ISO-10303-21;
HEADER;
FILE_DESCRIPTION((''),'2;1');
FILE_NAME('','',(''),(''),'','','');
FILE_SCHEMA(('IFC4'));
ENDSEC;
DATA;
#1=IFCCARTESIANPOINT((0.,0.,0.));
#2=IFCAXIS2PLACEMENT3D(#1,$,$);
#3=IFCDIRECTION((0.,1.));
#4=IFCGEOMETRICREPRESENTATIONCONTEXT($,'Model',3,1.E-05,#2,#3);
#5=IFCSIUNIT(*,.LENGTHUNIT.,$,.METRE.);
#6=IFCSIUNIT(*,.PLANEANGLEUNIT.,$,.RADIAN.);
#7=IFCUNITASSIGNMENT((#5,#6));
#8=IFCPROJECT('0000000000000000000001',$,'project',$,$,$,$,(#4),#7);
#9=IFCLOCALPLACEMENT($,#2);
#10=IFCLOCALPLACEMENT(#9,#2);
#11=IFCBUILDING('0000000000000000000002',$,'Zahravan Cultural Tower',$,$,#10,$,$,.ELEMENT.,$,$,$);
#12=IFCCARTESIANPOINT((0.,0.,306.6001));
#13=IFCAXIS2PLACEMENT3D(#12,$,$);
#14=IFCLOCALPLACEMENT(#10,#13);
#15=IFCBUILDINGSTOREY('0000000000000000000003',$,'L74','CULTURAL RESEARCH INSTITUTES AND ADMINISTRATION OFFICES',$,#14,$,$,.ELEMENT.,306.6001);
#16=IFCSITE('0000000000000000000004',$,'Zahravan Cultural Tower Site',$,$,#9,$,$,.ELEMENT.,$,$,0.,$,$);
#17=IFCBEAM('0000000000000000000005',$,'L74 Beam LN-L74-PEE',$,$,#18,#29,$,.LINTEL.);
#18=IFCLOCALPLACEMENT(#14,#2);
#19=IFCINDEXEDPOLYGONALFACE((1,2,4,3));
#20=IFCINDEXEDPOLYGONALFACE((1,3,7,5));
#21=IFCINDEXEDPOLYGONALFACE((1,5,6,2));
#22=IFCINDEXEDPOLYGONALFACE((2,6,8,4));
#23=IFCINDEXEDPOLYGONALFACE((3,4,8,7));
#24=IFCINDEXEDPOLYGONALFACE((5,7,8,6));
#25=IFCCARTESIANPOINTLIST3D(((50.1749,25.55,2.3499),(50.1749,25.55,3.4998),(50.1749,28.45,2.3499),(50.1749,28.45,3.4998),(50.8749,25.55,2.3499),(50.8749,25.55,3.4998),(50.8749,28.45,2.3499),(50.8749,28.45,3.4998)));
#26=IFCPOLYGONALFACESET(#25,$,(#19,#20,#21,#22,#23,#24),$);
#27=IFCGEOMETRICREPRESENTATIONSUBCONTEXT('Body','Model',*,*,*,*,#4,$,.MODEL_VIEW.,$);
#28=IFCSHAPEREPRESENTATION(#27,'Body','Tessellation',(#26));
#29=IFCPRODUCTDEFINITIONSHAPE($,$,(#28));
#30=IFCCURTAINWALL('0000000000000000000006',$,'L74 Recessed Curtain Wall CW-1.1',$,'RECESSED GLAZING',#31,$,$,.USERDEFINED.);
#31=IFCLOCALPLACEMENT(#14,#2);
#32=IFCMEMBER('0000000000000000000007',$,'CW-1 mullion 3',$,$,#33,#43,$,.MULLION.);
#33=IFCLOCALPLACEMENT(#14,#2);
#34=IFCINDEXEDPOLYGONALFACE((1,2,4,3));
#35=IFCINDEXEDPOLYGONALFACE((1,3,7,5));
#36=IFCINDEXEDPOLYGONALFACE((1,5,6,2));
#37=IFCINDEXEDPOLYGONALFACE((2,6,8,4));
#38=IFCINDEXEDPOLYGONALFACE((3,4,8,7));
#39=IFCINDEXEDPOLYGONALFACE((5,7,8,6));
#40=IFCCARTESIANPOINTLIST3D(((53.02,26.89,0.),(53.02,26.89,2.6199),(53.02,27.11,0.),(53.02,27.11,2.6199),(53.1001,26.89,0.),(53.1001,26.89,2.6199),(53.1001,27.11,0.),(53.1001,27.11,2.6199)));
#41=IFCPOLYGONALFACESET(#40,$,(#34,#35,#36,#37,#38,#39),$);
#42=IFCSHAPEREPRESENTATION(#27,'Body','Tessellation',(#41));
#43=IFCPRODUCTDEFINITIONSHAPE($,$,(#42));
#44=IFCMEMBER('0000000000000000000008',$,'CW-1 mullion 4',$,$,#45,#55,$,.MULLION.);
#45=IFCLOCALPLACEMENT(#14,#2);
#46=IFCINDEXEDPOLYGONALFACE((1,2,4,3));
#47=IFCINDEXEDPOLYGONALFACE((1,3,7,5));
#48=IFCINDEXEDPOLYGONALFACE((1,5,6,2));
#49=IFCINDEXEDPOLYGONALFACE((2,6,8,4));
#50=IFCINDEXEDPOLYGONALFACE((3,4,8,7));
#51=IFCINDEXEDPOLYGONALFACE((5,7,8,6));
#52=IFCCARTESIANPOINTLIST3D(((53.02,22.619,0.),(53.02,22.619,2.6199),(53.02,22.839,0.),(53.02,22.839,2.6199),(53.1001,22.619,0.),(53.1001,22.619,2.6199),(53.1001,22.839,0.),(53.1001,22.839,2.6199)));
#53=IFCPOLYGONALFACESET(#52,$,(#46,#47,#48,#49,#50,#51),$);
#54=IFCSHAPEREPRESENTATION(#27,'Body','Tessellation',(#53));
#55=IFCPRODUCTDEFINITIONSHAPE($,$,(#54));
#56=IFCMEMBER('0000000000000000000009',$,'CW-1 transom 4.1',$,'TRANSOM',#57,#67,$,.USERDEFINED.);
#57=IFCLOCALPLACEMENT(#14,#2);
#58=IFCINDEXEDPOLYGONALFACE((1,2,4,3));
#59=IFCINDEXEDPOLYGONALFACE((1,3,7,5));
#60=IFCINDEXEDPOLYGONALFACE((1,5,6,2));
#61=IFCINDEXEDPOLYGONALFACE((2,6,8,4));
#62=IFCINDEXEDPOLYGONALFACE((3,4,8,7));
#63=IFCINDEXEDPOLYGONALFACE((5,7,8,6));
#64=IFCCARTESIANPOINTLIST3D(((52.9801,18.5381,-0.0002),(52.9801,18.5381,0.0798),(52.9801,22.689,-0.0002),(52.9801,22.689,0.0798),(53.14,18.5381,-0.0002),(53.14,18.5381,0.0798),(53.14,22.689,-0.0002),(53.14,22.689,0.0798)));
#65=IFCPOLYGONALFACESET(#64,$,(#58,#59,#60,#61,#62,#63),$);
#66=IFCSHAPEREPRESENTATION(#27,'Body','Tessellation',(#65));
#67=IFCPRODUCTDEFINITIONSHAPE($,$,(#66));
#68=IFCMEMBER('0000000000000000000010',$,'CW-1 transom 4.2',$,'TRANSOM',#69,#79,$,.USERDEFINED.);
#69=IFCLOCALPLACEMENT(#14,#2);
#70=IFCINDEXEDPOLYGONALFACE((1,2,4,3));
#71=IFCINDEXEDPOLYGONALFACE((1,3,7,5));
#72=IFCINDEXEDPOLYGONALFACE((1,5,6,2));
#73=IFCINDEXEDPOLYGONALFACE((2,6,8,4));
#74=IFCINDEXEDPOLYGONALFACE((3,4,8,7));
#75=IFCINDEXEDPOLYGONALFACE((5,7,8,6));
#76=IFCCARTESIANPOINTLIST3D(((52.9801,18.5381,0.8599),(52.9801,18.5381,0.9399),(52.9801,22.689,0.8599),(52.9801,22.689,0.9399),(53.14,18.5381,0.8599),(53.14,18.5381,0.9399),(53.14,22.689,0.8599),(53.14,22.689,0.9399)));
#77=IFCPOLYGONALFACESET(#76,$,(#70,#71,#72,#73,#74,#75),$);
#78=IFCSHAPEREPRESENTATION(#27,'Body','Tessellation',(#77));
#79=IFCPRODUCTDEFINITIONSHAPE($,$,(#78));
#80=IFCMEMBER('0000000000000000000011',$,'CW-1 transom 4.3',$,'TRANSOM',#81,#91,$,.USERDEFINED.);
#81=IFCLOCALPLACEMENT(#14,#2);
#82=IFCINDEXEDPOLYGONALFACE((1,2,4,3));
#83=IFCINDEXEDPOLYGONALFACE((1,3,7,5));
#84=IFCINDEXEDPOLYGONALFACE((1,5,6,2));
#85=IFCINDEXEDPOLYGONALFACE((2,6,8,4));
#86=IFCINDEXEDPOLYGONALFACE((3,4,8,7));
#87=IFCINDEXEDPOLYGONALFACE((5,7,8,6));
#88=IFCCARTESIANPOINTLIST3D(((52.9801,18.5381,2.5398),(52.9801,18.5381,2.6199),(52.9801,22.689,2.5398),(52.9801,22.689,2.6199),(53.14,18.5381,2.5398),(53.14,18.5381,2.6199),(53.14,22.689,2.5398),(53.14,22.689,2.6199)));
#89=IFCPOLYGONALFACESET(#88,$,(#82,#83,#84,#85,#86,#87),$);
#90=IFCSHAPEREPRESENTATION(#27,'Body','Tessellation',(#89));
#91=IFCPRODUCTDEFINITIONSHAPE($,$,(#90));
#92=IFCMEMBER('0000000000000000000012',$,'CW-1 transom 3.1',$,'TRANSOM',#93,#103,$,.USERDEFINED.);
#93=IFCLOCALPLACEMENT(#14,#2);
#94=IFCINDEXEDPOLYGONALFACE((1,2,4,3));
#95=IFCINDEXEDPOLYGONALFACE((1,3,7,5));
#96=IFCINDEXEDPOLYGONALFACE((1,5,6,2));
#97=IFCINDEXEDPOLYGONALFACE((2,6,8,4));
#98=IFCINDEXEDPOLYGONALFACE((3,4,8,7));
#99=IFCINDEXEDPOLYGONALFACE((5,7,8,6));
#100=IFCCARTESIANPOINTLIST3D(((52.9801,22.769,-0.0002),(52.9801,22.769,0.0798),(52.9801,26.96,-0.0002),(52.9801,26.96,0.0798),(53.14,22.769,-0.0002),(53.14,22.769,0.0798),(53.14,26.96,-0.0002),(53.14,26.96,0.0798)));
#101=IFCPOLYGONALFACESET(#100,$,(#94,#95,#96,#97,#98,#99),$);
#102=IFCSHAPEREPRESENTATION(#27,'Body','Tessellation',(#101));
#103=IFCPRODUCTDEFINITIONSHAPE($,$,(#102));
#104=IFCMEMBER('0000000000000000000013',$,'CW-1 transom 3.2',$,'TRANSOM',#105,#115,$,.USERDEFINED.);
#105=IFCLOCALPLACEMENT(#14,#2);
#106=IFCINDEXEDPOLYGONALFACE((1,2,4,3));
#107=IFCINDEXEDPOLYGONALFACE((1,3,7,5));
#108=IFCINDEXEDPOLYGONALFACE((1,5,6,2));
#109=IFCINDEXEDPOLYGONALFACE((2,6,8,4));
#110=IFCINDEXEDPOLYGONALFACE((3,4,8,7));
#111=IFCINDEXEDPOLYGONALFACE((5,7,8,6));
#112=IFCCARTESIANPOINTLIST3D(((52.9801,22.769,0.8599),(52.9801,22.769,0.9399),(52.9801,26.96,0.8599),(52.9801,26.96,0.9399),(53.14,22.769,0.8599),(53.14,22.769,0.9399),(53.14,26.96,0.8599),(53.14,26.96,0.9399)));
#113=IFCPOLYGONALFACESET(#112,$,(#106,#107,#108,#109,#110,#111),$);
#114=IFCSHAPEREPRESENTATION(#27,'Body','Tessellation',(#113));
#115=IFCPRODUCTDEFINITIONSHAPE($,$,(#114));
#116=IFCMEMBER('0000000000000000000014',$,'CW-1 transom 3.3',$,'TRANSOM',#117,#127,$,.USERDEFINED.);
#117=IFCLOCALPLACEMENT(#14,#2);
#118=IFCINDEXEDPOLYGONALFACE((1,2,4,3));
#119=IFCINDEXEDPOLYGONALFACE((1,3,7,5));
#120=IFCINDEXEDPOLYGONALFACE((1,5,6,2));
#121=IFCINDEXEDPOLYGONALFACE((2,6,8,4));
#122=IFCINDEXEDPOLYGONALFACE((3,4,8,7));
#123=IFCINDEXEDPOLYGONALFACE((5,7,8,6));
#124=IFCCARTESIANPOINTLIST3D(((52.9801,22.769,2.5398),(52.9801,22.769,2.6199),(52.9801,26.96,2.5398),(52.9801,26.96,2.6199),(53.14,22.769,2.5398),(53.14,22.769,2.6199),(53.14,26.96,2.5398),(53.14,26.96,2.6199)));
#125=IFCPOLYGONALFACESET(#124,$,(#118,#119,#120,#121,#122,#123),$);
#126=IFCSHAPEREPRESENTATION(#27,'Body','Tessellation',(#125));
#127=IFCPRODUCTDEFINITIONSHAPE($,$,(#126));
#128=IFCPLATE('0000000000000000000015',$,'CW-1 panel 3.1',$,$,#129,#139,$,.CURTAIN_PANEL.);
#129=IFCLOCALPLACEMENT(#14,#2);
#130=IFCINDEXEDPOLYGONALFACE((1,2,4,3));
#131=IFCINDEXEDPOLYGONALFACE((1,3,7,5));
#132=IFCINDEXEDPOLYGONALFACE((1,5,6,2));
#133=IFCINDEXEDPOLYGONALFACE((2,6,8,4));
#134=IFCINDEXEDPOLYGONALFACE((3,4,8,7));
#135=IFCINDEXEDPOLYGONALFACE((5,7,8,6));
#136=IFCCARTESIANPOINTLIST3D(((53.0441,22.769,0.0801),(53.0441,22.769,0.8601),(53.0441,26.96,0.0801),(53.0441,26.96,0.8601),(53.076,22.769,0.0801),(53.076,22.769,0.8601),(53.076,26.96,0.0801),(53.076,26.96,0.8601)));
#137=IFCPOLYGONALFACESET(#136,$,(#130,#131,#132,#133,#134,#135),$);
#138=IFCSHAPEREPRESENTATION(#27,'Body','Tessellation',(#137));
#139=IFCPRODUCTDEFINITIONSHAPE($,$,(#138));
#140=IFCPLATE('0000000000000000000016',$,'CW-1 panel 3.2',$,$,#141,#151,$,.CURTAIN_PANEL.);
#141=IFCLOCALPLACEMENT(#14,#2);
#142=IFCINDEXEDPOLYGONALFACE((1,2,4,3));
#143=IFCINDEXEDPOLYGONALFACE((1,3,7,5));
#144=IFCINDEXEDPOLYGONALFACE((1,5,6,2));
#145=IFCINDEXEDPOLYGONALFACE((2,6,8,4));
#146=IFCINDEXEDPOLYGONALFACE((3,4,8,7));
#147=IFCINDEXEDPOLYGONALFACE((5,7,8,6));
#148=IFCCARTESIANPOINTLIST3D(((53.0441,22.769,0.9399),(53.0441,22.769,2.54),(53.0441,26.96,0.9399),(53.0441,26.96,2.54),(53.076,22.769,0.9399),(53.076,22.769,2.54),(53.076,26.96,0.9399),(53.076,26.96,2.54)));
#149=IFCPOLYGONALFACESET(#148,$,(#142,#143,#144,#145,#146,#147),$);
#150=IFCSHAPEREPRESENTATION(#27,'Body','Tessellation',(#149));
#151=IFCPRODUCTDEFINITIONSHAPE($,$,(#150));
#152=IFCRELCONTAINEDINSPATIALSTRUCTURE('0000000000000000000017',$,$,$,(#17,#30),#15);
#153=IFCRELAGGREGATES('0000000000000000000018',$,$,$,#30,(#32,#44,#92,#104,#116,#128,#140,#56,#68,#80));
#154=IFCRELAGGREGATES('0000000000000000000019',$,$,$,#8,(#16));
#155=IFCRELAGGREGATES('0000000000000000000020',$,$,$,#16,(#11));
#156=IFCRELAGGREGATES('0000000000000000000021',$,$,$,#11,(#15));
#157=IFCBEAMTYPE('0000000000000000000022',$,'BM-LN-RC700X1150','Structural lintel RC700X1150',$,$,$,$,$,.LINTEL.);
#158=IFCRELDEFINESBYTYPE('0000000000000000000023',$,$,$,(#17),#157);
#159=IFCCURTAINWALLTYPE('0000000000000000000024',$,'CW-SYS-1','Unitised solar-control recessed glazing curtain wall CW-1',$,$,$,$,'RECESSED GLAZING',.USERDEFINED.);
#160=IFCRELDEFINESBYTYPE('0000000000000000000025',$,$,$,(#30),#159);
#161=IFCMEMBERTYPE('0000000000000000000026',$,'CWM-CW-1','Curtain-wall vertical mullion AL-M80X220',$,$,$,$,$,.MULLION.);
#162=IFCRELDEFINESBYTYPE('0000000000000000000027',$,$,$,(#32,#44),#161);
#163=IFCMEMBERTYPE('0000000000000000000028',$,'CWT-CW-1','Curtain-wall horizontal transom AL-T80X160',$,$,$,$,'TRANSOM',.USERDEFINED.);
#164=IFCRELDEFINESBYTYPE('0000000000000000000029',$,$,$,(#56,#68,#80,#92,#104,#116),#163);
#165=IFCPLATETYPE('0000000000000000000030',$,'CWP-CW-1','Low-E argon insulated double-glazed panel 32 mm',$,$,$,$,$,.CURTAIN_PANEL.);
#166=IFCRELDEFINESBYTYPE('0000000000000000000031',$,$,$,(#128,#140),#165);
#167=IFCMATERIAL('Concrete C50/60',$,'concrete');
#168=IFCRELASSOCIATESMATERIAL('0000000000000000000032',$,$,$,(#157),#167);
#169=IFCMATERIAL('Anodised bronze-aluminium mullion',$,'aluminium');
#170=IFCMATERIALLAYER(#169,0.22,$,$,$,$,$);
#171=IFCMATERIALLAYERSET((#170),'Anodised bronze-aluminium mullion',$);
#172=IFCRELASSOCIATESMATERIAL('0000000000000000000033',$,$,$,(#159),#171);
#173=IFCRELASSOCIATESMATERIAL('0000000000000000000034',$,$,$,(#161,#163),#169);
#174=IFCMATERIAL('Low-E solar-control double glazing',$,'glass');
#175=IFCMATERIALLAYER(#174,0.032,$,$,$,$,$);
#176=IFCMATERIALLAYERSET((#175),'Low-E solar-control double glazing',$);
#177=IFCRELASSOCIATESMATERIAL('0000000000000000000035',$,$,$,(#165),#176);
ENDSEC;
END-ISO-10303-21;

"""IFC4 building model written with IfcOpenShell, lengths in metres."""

from ifc_helpers import new_model, si_unit, direction, frame, origin, origin_2d, place, context, subcontext, project, spatial, rectangle, extrude, source, transform, mapped, material, layer, layer_set, material_profile, profile_set, type_object, element, aggregate, save


model = new_model("IFC4")

# Units and contexts
model_context = context("Model", 3, precision=1e-05, world=origin(), true_north=direction((0.0, 1.0)))
body_context = subcontext(model_context, "Body", "Model", "MODEL_VIEW")
ifc_project = project(units=[si_unit("LENGTHUNIT", "METRE"), si_unit("PLANEANGLEUNIT", "RADIAN")], contexts=[model_context])

# Site, building, storey
site_placement = place(None, origin())
site = spatial("IfcSite", under=ifc_project, at=site_placement, Name="Zahravan Cultural Tower Site", CompositionType="ELEMENT", RefElevation=0.0)
building_placement = place(site_placement, origin())
building = spatial("IfcBuilding", under=site, at=building_placement, Name="Zahravan Cultural Tower", CompositionType="ELEMENT")
storey_placement = place(building_placement, frame((0.0, 0.0, 306.6001)))
storey = spatial("IfcBuildingStorey", under=building, at=storey_placement, Name="L74", Description="CULTURAL RESEARCH INSTITUTES AND ADMINISTRATION OFFICES", CompositionType="ELEMENT", Elevation=306.6001)

# Beam
ifc_material_1 = material(Name="Concrete C50/60", Category="concrete")
ifc_material_profile_1 = material_profile(ifc_material_1, rectangle(XDim=0.7, YDim=1.1499, at=origin_2d()), Name="RC700X1150")
ifc_profile_set_1 = profile_set([ifc_material_profile_1], Name="Concrete C50/60")
beam_type = type_object("IfcBeamType", Name="BM-LN-RC700X1150", Description="Structural lintel RC700X1150", PredefinedType="LINTEL", material=ifc_profile_set_1)
shared_shape_1 = source(origin(), body_context, "Body", "SweptSolid", [
    extrude(rectangle(XDim=0.7, YDim=1.1499, at=origin_2d()), origin(), (0.0, 0.0, 1.0), 2.8999),
])
beam_placement = place(storey_placement, frame((50.5249, 25.55, 2.9248), z_axis=(0.0, 1.0, 0.0), x_axis=(-1.0, 0.0, 0.0)))
element("IfcBeam", 1, at=beam_placement, inside=storey, type_object=beam_type, Name="L74 Beam LN-L74-PEE", PredefinedType="LINTEL", context=body_context, shape_type="MappedRepresentation", body=[
    mapped(shared_shape_1, transform((0.0, 0.0, 0.0), x_axis=(1.0, 0.0, 0.0), y_axis=(0.0, 1.0, 0.0), z_axis=(0.0, 0.0, 1.0), scale=1.0)),
])

# Curtain wall, members, plates
ifc_material_2 = material(Name="Anodised bronze-aluminium mullion", Category="aluminium")
ifc_layer_1 = layer(ifc_material_2, 0.22)
ifc_layer_set_1 = layer_set([ifc_layer_1], Name="Anodised bronze-aluminium mullion")
curtain_wall_type = type_object("IfcCurtainWallType", Name="CW-SYS-1", Description="Unitised solar-control recessed glazing curtain wall CW-1", ElementType="RECESSED GLAZING", PredefinedType="USERDEFINED", material=ifc_layer_set_1)
curtain_wall_placement = place(storey_placement, origin())
curtain_wall = element("IfcCurtainWall", 2, at=curtain_wall_placement, inside=storey, type_object=curtain_wall_type, Name="L74 Recessed Curtain Wall CW-1.1", ObjectType="RECESSED GLAZING", PredefinedType="USERDEFINED")
ifc_material_profile_2 = material_profile(ifc_material_2, rectangle(XDim=0.0801, YDim=0.22, at=origin_2d()), Name="AL-M80X220")
ifc_profile_set_2 = profile_set([ifc_material_profile_2], Name="Anodised bronze-aluminium mullion")
member_type_1 = type_object("IfcMemberType", Name="CWM-CW-1", Description="Curtain-wall vertical mullion AL-M80X220", PredefinedType="MULLION", material=ifc_profile_set_2)
shared_shape_2 = source(origin(), body_context, "Body", "SweptSolid", [
    extrude(rectangle(XDim=0.0801, YDim=0.22, at=origin_2d()), origin(), (0.0, 0.0, 1.0), 2.6199),
])
member_1_placement = place(storey_placement, frame((53.0601, 27.0, 0.0), z_axis=(0.0, 0.0, 1.0), x_axis=(1.0, 0.0, 0.0)))
member_1 = element("IfcMember", 3, at=member_1_placement, type_object=member_type_1, Name="CW-1 mullion 3", PredefinedType="MULLION", context=body_context, shape_type="MappedRepresentation", body=[
    mapped(shared_shape_2, transform((0.0, 0.0, 0.0), x_axis=(1.0, 0.0, 0.0), y_axis=(0.0, 1.0, 0.0), z_axis=(0.0, 0.0, 1.0), scale=1.0)),
])
member_2_placement = place(storey_placement, frame((53.0601, 22.729, 0.0), z_axis=(0.0, 0.0, 1.0), x_axis=(1.0, 0.0, 0.0)))
member_2 = element("IfcMember", 4, at=member_2_placement, type_object=member_type_1, Name="CW-1 mullion 4", PredefinedType="MULLION", context=body_context, shape_type="MappedRepresentation", body=[
    mapped(shared_shape_2, transform((0.0, 0.0, 0.0), x_axis=(1.0, 0.0, 0.0), y_axis=(0.0, 1.0, 0.0), z_axis=(0.0, 0.0, 1.0), scale=1.0)),
])
ifc_material_profile_3 = material_profile(ifc_material_2, rectangle(XDim=0.1599, YDim=0.0801, at=origin_2d()), Name="AL-T80X160")
ifc_profile_set_3 = profile_set([ifc_material_profile_3], Name="Anodised bronze-aluminium mullion")
member_type_2 = type_object("IfcMemberType", Name="CWT-CW-1", Description="Curtain-wall horizontal transom AL-T80X160", ElementType="TRANSOM", PredefinedType="USERDEFINED", material=ifc_profile_set_3)
shared_shape_3 = source(origin(), body_context, "Body", "SweptSolid", [
    extrude(rectangle(XDim=0.1599, YDim=0.0801, at=origin_2d()), origin(), (0.0, 0.0, 1.0), 4.1509),
])
member_3_placement = place(storey_placement, frame((53.0601, 22.689, 0.0398), z_axis=(0.0, -1.0, 0.0), x_axis=(1.0, 0.0, 0.0)))
member_3 = element("IfcMember", 5, at=member_3_placement, type_object=member_type_2, Name="CW-1 transom 4.1", ObjectType="TRANSOM", PredefinedType="USERDEFINED", context=body_context, shape_type="MappedRepresentation", body=[
    mapped(shared_shape_3, transform((0.0, 0.0, 0.0), x_axis=(1.0, 0.0, 0.0), y_axis=(0.0, 1.0, 0.0), z_axis=(0.0, 0.0, 1.0), scale=1.0)),
])
member_4_placement = place(storey_placement, frame((53.0601, 22.689, 0.8999), z_axis=(0.0, -1.0, 0.0), x_axis=(1.0, 0.0, 0.0)))
member_4 = element("IfcMember", 6, at=member_4_placement, type_object=member_type_2, Name="CW-1 transom 4.2", ObjectType="TRANSOM", PredefinedType="USERDEFINED", context=body_context, shape_type="MappedRepresentation", body=[
    mapped(shared_shape_3, transform((0.0, 0.0, 0.0), x_axis=(1.0, 0.0, 0.0), y_axis=(0.0, 1.0, 0.0), z_axis=(0.0, 0.0, 1.0), scale=1.0)),
])
member_5_placement = place(storey_placement, frame((53.0601, 22.689, 2.5798), z_axis=(0.0, -1.0, 0.0), x_axis=(1.0, 0.0, 0.0)))
member_5 = element("IfcMember", 7, at=member_5_placement, type_object=member_type_2, Name="CW-1 transom 4.3", ObjectType="TRANSOM", PredefinedType="USERDEFINED", context=body_context, shape_type="MappedRepresentation", body=[
    mapped(shared_shape_3, transform((0.0, 0.0, 0.0), x_axis=(1.0, 0.0, 0.0), y_axis=(0.0, 1.0, 0.0), z_axis=(0.0, 0.0, 1.0), scale=1.0)),
])
shared_shape_4 = source(origin(), body_context, "Body", "SweptSolid", [
    extrude(rectangle(XDim=0.1599, YDim=0.0801, at=origin_2d()), origin(), (0.0, 0.0, 1.0), 4.1909),
])
member_6_placement = place(storey_placement, frame((53.0601, 26.96, 0.0398), z_axis=(0.0, -1.0, 0.0), x_axis=(1.0, 0.0, 0.0)))
member_6 = element("IfcMember", 8, at=member_6_placement, type_object=member_type_2, Name="CW-1 transom 3.1", ObjectType="TRANSOM", PredefinedType="USERDEFINED", context=body_context, shape_type="MappedRepresentation", body=[
    mapped(shared_shape_4, transform((0.0, 0.0, 0.0), x_axis=(1.0, 0.0, 0.0), y_axis=(0.0, 1.0, 0.0), z_axis=(0.0, 0.0, 1.0), scale=1.0)),
])
member_7_placement = place(storey_placement, frame((53.0601, 26.96, 0.8999), z_axis=(0.0, -1.0, 0.0), x_axis=(1.0, 0.0, 0.0)))
member_7 = element("IfcMember", 9, at=member_7_placement, type_object=member_type_2, Name="CW-1 transom 3.2", ObjectType="TRANSOM", PredefinedType="USERDEFINED", context=body_context, shape_type="MappedRepresentation", body=[
    mapped(shared_shape_4, transform((0.0, 0.0, 0.0), x_axis=(1.0, 0.0, 0.0), y_axis=(0.0, 1.0, 0.0), z_axis=(0.0, 0.0, 1.0), scale=1.0)),
])
member_8_placement = place(storey_placement, frame((53.0601, 26.96, 2.5798), z_axis=(0.0, -1.0, 0.0), x_axis=(1.0, 0.0, 0.0)))
member_8 = element("IfcMember", 10, at=member_8_placement, type_object=member_type_2, Name="CW-1 transom 3.3", ObjectType="TRANSOM", PredefinedType="USERDEFINED", context=body_context, shape_type="MappedRepresentation", body=[
    mapped(shared_shape_4, transform((0.0, 0.0, 0.0), x_axis=(1.0, 0.0, 0.0), y_axis=(0.0, 1.0, 0.0), z_axis=(0.0, 0.0, 1.0), scale=1.0)),
])
ifc_material_3 = material(Name="Low-E solar-control double glazing", Category="glass")
ifc_layer_2 = layer(ifc_material_3, 0.032)
ifc_layer_set_2 = layer_set([ifc_layer_2], Name="Low-E solar-control double glazing")
plate_type = type_object("IfcPlateType", Name="CWP-CW-1", Description="Low-E argon insulated double-glazed panel 32 mm", PredefinedType="CURTAIN_PANEL", material=ifc_layer_set_2)
shared_shape_5 = source(origin(), body_context, "Body", "SweptSolid", [
    extrude(rectangle(XDim=4.1909, YDim=0.032, at=origin_2d()), origin(), (0.0, 0.0, 1.0), 0.78),
])
plate_1_placement = place(storey_placement, frame((53.0601, 24.8645, 0.0801), z_axis=(0.0, 0.0, 1.0), x_axis=(0.0, -1.0, 0.0)))
plate_1 = element("IfcPlate", 11, at=plate_1_placement, type_object=plate_type, Name="CW-1 panel 3.1", PredefinedType="CURTAIN_PANEL", context=body_context, shape_type="MappedRepresentation", body=[
    mapped(shared_shape_5, transform((0.0, 0.0, 0.0), x_axis=(1.0, 0.0, 0.0), y_axis=(0.0, 1.0, 0.0), z_axis=(0.0, 0.0, 1.0), scale=1.0)),
])
shared_shape_6 = source(origin(), body_context, "Body", "SweptSolid", [
    extrude(rectangle(XDim=4.1909, YDim=0.032, at=origin_2d()), origin(), (0.0, 0.0, 1.0), 1.6001),
])
plate_2_placement = place(storey_placement, frame((53.0601, 24.8645, 0.9399), z_axis=(0.0, 0.0, 1.0), x_axis=(0.0, -1.0, 0.0)))
plate_2 = element("IfcPlate", 12, at=plate_2_placement, type_object=plate_type, Name="CW-1 panel 3.2", PredefinedType="CURTAIN_PANEL", context=body_context, shape_type="MappedRepresentation", body=[
    mapped(shared_shape_6, transform((0.0, 0.0, 0.0), x_axis=(1.0, 0.0, 0.0), y_axis=(0.0, 1.0, 0.0), z_axis=(0.0, 0.0, 1.0), scale=1.0)),
])
aggregate(curtain_wall, [member_1, member_2, member_6, member_7, member_8, plate_1, plate_2, member_3, member_4, member_5])

save(model, "model.ifc")
